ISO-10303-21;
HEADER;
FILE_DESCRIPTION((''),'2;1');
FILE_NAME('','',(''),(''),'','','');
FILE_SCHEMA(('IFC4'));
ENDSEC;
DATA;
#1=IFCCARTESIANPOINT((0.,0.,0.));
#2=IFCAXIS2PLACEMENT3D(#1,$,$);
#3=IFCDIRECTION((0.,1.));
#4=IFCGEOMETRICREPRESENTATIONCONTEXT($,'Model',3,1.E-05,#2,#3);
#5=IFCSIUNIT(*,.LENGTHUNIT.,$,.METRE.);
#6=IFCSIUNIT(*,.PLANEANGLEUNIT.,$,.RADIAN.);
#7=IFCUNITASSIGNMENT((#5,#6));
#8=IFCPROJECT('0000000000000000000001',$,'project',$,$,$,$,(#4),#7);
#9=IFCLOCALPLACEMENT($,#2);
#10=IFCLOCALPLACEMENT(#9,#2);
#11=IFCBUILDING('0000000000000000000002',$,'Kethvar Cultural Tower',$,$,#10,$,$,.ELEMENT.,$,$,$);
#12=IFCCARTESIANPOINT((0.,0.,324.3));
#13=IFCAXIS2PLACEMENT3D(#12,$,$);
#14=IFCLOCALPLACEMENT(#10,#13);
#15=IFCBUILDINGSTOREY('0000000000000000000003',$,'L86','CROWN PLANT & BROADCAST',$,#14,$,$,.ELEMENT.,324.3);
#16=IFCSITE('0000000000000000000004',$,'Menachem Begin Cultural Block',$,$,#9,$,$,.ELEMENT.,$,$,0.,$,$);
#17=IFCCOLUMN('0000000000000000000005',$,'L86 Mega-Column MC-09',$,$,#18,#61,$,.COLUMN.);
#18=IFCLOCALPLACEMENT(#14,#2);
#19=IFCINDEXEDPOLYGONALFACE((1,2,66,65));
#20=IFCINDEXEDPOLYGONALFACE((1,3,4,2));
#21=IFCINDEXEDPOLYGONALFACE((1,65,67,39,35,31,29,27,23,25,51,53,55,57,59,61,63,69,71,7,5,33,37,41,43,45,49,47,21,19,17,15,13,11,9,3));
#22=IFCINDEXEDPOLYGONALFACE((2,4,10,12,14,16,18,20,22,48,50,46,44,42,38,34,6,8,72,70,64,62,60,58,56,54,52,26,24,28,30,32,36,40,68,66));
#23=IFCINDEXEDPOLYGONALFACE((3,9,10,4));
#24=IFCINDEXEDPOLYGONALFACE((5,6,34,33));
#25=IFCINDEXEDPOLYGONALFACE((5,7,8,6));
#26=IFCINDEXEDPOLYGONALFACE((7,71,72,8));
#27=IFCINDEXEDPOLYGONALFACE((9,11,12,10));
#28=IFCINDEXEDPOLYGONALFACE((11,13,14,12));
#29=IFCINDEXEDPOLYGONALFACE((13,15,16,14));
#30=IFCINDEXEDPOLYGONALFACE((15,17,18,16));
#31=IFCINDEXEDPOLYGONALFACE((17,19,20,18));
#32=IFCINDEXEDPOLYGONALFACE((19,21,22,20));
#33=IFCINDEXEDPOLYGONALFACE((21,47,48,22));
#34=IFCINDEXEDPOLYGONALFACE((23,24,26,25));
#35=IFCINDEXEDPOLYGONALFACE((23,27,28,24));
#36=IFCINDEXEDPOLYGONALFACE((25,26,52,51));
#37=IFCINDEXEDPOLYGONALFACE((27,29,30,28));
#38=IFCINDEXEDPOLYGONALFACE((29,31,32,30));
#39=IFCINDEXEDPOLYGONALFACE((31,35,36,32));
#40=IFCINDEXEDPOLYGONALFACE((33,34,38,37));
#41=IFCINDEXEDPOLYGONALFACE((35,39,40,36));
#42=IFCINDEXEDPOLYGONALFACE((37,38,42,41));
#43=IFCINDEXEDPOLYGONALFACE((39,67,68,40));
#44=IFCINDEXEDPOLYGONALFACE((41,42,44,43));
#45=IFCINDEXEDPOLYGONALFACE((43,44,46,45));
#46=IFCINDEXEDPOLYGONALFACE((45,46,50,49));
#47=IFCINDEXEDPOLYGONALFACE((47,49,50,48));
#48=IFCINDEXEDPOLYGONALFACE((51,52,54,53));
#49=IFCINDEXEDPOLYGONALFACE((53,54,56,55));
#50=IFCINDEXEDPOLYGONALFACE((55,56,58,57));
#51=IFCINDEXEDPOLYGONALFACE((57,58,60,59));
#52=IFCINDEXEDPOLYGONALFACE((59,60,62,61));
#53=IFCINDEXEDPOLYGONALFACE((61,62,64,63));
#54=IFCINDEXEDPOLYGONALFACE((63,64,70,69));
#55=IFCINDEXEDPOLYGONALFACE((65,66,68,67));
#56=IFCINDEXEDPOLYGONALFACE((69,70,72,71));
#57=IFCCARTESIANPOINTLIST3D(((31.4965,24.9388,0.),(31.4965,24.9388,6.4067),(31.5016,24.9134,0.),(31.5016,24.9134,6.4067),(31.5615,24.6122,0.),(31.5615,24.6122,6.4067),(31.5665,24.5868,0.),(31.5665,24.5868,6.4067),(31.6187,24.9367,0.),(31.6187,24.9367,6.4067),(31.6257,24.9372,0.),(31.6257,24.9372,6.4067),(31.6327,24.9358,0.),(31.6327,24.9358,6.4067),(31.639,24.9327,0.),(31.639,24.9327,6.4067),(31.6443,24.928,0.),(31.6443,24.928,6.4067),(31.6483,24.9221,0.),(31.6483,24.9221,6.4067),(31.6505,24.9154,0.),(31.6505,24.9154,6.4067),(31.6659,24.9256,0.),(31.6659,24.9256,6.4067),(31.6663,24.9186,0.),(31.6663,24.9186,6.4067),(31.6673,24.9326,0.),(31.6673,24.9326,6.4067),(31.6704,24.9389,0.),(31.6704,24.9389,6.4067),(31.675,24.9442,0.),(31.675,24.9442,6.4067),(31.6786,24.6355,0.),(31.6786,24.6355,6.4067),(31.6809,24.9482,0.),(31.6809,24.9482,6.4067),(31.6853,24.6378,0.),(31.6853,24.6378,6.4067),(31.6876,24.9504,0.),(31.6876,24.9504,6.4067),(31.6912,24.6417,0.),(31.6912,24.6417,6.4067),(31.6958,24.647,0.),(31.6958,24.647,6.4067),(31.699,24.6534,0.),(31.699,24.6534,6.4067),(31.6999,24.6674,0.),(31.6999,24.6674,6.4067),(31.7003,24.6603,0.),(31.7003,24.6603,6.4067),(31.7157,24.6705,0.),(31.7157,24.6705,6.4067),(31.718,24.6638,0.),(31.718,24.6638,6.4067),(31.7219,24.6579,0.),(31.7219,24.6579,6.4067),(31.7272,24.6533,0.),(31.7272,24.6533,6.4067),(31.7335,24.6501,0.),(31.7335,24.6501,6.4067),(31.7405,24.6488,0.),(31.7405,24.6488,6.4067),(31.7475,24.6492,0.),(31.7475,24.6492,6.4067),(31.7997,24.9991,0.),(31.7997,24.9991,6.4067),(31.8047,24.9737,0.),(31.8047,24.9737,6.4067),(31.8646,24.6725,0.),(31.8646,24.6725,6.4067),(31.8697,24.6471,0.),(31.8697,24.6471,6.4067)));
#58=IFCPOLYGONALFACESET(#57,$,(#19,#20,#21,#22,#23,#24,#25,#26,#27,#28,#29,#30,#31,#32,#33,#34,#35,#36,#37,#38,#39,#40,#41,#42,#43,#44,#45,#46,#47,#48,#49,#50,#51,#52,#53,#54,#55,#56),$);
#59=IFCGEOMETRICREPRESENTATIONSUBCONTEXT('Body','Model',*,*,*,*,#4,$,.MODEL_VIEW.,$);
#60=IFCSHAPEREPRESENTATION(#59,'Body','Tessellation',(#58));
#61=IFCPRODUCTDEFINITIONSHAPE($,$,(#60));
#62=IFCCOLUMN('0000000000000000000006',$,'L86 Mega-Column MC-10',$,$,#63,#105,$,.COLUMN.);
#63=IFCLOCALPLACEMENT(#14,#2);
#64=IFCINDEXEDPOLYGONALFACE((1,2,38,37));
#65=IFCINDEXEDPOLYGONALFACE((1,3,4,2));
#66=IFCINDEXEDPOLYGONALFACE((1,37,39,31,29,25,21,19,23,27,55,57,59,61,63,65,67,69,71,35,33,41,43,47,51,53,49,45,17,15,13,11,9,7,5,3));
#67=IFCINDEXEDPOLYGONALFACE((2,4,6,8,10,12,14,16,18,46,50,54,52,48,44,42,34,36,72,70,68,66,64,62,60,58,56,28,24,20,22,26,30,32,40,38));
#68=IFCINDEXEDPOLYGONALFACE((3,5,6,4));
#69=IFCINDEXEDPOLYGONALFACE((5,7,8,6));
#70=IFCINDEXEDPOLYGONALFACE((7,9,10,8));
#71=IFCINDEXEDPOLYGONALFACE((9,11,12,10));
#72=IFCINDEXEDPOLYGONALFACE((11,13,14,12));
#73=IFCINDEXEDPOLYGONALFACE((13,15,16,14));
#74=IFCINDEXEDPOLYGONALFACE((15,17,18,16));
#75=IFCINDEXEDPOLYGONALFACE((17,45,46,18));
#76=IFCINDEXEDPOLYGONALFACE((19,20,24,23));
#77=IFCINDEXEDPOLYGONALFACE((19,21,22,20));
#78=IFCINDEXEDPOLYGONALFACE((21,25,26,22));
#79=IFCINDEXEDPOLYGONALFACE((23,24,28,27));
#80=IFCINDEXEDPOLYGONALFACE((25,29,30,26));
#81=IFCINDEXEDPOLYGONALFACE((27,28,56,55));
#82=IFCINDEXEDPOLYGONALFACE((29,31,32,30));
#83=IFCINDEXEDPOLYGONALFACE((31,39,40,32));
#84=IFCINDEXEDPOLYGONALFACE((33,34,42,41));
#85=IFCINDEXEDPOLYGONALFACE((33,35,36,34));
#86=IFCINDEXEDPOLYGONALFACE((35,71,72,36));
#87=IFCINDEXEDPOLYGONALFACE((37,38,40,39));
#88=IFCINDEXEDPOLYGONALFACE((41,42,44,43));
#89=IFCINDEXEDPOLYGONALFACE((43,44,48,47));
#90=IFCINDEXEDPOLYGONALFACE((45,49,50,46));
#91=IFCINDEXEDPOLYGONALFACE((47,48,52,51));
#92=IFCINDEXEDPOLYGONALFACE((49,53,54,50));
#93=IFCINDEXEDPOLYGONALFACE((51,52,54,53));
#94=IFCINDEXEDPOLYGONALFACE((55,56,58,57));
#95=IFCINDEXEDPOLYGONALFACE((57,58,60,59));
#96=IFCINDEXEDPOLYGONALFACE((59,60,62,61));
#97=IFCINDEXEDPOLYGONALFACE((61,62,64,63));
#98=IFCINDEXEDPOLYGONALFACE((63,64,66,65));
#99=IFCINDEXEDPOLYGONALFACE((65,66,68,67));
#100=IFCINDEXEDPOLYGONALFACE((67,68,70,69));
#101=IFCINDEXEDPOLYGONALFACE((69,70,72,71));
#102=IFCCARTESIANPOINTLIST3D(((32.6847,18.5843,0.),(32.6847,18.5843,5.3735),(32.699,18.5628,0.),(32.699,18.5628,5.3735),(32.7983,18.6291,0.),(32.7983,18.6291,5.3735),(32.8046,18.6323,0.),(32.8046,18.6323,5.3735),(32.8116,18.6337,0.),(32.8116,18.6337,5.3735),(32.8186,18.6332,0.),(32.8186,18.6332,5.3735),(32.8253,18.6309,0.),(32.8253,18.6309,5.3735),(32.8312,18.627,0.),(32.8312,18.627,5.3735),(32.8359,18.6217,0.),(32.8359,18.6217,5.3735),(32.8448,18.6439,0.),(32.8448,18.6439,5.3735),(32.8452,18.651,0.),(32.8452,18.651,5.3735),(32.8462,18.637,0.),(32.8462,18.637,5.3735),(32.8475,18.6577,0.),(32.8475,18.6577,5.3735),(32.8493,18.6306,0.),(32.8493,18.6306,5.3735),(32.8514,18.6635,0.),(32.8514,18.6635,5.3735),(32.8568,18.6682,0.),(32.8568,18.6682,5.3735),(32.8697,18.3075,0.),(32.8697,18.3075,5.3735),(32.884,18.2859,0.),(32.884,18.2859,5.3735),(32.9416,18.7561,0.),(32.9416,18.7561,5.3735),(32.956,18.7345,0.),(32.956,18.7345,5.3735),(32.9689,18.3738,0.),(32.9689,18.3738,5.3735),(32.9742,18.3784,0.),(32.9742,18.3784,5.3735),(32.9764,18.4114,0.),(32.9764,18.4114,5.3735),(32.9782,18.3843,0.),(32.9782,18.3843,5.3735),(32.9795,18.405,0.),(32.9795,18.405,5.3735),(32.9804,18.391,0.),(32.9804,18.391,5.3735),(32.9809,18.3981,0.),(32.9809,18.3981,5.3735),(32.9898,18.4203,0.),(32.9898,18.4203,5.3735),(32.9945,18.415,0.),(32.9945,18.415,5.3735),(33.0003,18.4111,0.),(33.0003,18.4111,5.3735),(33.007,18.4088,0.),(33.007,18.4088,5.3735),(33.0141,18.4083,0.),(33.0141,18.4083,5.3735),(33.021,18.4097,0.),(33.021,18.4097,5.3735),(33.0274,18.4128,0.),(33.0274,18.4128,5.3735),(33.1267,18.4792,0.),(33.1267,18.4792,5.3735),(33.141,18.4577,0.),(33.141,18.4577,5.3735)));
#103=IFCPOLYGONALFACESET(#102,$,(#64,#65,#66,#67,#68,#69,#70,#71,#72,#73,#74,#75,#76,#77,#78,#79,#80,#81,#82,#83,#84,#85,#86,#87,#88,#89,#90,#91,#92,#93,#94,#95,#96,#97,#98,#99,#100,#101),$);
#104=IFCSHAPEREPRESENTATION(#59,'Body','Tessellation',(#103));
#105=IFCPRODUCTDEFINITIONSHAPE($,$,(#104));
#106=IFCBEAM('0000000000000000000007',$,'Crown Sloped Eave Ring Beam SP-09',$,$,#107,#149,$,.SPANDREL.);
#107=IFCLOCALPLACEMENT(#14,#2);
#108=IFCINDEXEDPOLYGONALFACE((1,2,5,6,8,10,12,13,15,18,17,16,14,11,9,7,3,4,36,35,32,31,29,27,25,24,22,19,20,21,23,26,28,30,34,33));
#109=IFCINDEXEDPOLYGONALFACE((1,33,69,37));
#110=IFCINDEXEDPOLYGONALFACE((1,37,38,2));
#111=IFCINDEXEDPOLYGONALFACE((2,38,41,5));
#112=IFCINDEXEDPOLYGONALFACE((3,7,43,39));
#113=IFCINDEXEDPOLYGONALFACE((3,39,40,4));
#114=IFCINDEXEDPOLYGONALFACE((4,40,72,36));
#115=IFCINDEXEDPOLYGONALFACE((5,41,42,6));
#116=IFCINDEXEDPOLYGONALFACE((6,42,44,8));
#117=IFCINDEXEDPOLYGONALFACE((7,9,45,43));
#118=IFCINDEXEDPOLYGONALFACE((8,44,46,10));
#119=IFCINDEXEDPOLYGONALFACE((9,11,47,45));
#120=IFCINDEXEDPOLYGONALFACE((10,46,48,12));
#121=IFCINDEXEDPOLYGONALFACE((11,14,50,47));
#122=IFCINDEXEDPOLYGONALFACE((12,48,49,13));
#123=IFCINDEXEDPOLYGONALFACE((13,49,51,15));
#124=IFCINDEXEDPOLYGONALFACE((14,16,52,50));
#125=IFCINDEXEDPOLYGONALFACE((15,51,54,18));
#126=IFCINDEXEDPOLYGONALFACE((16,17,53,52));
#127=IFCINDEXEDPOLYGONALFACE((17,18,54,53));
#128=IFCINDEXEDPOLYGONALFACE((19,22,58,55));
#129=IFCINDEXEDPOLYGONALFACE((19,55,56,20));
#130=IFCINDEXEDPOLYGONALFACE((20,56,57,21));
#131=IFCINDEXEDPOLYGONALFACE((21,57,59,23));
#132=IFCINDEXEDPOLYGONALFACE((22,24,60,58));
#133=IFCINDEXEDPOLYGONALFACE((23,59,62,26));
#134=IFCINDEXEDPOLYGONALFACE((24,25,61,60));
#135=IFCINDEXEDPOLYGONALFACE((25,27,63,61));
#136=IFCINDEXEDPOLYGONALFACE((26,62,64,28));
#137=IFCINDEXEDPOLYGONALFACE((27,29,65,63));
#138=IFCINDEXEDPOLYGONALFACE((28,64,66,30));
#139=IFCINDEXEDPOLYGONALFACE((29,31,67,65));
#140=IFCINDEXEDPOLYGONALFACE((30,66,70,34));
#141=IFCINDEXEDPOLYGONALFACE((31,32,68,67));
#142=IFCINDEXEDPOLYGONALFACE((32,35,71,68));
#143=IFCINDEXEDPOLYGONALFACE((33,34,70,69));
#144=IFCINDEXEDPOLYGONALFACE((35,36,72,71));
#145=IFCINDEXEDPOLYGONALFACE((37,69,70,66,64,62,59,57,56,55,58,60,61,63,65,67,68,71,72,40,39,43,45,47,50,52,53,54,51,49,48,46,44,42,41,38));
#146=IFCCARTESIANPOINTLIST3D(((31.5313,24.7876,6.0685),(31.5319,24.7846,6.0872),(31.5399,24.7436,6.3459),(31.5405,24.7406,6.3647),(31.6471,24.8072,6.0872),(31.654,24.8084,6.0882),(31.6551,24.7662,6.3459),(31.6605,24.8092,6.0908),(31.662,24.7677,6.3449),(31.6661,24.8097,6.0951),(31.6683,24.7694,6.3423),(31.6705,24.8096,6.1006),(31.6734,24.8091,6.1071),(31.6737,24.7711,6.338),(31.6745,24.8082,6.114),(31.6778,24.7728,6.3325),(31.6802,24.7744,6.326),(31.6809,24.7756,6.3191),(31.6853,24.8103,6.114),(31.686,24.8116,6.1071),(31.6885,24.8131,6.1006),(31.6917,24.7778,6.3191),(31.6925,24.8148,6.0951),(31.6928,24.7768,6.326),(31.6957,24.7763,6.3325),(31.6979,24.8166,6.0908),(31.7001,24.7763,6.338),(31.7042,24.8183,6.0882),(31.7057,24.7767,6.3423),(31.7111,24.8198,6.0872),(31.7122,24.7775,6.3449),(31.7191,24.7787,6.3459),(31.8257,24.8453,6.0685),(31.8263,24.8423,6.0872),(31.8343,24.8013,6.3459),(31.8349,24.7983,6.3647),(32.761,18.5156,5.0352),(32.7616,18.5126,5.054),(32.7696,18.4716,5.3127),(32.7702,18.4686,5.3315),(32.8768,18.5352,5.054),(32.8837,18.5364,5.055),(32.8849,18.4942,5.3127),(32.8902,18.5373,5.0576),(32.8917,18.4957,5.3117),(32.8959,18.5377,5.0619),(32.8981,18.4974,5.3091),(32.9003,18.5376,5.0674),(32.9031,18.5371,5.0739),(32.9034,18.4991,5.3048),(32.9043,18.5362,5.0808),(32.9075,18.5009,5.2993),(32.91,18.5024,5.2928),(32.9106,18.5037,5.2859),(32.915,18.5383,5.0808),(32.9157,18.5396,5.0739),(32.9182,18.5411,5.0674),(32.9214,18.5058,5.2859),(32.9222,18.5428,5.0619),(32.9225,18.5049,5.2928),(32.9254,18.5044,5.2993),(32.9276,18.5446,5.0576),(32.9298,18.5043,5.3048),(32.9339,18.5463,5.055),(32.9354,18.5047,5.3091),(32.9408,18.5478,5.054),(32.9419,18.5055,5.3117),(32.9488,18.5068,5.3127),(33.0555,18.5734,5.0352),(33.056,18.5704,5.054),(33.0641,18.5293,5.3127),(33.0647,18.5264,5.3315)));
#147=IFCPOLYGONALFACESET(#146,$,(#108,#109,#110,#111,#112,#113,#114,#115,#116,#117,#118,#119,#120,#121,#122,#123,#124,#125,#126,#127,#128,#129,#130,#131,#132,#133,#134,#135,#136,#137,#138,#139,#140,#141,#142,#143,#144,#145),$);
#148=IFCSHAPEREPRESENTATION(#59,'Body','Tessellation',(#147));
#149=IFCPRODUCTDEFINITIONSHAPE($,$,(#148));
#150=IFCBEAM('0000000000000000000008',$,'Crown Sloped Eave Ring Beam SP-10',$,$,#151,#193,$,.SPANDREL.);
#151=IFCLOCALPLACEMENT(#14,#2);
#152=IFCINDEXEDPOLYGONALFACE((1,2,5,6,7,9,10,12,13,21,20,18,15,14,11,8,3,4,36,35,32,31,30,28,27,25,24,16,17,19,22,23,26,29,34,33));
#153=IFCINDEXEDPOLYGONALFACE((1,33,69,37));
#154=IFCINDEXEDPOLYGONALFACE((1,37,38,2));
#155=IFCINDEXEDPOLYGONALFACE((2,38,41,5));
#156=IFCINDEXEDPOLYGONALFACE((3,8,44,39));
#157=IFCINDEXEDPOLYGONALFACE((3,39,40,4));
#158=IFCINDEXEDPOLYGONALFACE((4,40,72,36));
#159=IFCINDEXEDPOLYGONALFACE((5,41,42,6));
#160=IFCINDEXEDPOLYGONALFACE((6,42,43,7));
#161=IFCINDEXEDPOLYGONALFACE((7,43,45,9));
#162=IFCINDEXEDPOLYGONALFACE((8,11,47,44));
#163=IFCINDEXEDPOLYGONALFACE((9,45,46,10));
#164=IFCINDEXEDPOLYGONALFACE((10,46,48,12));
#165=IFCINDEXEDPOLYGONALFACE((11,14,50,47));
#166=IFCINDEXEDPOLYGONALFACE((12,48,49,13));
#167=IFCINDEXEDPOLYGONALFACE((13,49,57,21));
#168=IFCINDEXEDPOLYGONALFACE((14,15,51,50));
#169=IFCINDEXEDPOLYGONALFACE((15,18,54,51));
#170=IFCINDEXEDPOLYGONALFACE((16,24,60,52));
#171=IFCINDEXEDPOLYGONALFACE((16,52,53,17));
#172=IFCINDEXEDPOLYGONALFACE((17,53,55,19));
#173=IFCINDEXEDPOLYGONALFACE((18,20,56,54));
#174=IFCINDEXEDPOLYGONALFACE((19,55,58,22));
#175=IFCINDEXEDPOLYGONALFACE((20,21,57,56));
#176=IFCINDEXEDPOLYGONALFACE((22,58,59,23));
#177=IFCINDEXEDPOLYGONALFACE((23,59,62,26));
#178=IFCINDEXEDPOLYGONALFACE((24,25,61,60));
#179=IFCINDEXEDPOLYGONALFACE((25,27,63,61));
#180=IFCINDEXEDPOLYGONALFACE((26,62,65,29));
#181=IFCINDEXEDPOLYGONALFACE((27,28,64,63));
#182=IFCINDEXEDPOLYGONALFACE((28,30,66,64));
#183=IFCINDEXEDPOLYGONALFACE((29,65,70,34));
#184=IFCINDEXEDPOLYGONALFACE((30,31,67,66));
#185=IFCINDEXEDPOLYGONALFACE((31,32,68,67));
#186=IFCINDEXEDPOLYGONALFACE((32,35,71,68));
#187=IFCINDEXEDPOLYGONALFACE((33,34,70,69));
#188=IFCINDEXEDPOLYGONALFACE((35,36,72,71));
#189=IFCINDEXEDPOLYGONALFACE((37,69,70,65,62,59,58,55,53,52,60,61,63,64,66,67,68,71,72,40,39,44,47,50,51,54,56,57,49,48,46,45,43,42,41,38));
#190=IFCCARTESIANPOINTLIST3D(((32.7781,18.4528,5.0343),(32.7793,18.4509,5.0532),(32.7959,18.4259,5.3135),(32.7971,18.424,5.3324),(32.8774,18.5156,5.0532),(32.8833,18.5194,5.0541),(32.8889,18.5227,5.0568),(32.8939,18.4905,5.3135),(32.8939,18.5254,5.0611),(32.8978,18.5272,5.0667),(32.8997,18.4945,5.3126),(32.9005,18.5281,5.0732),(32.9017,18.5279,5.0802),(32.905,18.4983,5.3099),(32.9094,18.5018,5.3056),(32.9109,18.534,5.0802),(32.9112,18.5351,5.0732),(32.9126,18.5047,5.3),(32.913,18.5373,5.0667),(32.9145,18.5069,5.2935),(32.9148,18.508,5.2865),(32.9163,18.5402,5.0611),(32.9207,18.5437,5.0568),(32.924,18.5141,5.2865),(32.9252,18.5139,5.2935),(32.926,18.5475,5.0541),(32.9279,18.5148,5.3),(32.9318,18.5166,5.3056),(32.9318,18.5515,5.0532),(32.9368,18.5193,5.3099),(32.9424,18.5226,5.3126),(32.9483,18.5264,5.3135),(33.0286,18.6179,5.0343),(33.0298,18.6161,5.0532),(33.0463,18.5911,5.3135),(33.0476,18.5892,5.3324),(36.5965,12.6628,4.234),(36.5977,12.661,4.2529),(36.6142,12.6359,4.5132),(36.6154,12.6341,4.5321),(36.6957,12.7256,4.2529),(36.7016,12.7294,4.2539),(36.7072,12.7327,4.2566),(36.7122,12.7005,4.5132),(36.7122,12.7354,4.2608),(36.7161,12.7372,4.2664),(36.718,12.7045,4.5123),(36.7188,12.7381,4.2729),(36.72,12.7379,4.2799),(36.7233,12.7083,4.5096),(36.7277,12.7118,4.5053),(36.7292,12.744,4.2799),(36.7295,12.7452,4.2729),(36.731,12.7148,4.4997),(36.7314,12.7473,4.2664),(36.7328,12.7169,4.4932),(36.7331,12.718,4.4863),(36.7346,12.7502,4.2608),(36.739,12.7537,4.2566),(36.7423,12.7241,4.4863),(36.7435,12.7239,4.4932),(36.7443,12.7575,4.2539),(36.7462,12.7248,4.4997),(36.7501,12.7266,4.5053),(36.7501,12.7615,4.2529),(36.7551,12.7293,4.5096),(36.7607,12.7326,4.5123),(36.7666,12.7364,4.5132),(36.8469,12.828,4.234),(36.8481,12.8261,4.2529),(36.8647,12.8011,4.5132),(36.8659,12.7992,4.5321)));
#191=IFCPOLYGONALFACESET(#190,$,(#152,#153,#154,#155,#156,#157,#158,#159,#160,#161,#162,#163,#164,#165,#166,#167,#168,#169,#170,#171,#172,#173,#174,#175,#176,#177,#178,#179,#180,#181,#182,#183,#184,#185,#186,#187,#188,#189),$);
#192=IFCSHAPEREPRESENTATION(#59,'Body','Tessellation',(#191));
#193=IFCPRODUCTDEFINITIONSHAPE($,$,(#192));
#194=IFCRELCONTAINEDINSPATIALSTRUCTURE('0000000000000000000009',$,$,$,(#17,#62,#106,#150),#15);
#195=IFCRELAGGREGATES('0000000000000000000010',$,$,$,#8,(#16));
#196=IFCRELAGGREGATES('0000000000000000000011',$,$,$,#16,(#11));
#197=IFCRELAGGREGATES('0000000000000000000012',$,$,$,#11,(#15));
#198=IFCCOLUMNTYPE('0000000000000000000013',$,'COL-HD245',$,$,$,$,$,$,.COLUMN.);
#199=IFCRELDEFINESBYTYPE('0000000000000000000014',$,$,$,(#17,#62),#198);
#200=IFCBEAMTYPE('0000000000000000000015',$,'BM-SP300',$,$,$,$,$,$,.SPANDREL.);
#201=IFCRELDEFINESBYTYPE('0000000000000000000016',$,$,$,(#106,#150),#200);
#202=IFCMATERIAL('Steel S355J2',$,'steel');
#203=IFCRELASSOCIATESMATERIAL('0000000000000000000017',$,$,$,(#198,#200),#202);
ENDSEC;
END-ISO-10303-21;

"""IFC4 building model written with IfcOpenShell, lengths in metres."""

from ifc_helpers import new_model, si_unit, direction, frame, origin, origin_2d, place, context, subcontext, project, spatial, i_section, extrude, source, transform, mapped, material, material_profile, profile_set, type_object, element, save


model = new_model("IFC4")

# Units and contexts
model_context = context("Model", 3, precision=1e-05, world=origin(), true_north=direction((0.0, 1.0)))
body_context = subcontext(model_context, "Body", "Model", "MODEL_VIEW")
ifc_project = project(units=[si_unit("LENGTHUNIT", "METRE"), si_unit("PLANEANGLEUNIT", "RADIAN")], contexts=[model_context])

# Site, building, storey
site_placement = place(None, origin())
site = spatial("IfcSite", under=ifc_project, at=site_placement, Name="Menachem Begin Cultural Block", CompositionType="ELEMENT", RefElevation=0.0)
building_placement = place(site_placement, origin())
building = spatial("IfcBuilding", under=site, at=building_placement, Name="Kethvar Cultural Tower", CompositionType="ELEMENT")
storey_placement = place(building_placement, frame((0.0, 0.0, 324.3)))
storey = spatial("IfcBuildingStorey", under=building, at=storey_placement, Name="L86", Description="CROWN PLANT & BROADCAST", CompositionType="ELEMENT", Elevation=324.3)

# Columns
ifc_material_1 = material(Name="Steel S355J2", Category="steel")
ifc_material_profile_1 = material_profile(ifc_material_1, i_section(OverallWidth=0.3091, OverallDepth=0.3589, WebThickness=0.0161, FlangeThickness=0.0259, FilletRadius=0.0271, at=origin_2d()), Name="Steel S355J2 — HD320x245")
ifc_profile_set_1 = profile_set([ifc_material_profile_1], Name="Steel S355J2 — HD320x245")
column_type = type_object("IfcColumnType", Name="COL-HD245", PredefinedType="COLUMN", material=ifc_profile_set_1)
shared_shape_1 = source(origin(), body_context, "Body", "SweptSolid", [
    extrude(i_section(OverallWidth=0.3091, OverallDepth=0.3589, WebThickness=0.0161, FlangeThickness=0.0259, FilletRadius=0.0271, at=origin_2d()), origin(), (0.0, 0.0, 1.0), 6.4067),
])
column_1_placement = place(storey_placement, frame((31.6831, 24.793, 0.0), z_axis=(0.0, 0.0, 1.0), x_axis=(-0.980785, -0.19509, 0.0)))
element("IfcColumn", 1, at=column_1_placement, inside=storey, type_object=column_type, Name="L86 Mega-Column MC-09", PredefinedType="COLUMN", context=body_context, shape_type="MappedRepresentation", body=[
    mapped(shared_shape_1, transform((0.0, 0.0, 0.0), scale=1.0)),
])
shared_shape_2 = source(origin(), body_context, "Body", "SweptSolid", [
    extrude(i_section(OverallWidth=0.3091, OverallDepth=0.3589, WebThickness=0.0161, FlangeThickness=0.0259, FilletRadius=0.0271, at=origin_2d()), origin(), (0.0, 0.0, 1.0), 5.3735),
])
column_2_placement = place(storey_placement, frame((32.9128, 18.521, 0.0), z_axis=(0.0, 0.0, 1.0), x_axis=(-0.83147, -0.55557, 0.0)))
element("IfcColumn", 2, at=column_2_placement, inside=storey, type_object=column_type, Name="L86 Mega-Column MC-10", PredefinedType="COLUMN", context=body_context, shape_type="MappedRepresentation", body=[
    mapped(shared_shape_2, transform((0.0, 0.0, 0.0), scale=1.0)),
])

# Beams
ifc_material_profile_2 = material_profile(ifc_material_1, i_section(OverallWidth=0.3, OverallDepth=0.3, WebThickness=0.011, FlangeThickness=0.019, FilletRadius=0.0271, at=origin_2d()), Name="Steel S355J2 — HEB300")
ifc_profile_set_2 = profile_set([ifc_material_profile_2], Name="Steel S355J2 — HEB300")
beam_type = type_object("IfcBeamType", Name="BM-SP300", PredefinedType="SPANDREL", material=ifc_profile_set_2)
shared_shape_3 = source(origin(), body_context, "Body", "SweptSolid", [
    extrude(i_section(OverallWidth=0.3, OverallDepth=0.3, WebThickness=0.011, FlangeThickness=0.019, FilletRadius=0.0271, at=origin_2d()), origin(), (0.0, 0.0, 1.0), 6.4744),
])
beam_1_placement = place(storey_placement, frame((31.6831, 24.793, 6.2166), z_axis=(0.189939, -0.968739, -0.159584), x_axis=(0.981316, 0.192405, 0.0)))
element("IfcBeam", 3, at=beam_1_placement, inside=storey, type_object=beam_type, Name="Crown Sloped Eave Ring Beam SP-09", PredefinedType="SPANDREL", context=body_context, shape_type="MappedRepresentation", body=[
    mapped(shared_shape_3, transform((0.0, 0.0, 0.0), scale=1.0)),
])
shared_shape_4 = source(origin(), body_context, "Body", "SweptSolid", [
    extrude(i_section(OverallWidth=0.3, OverallDepth=0.3, WebThickness=0.011, FlangeThickness=0.019, FilletRadius=0.0271, at=origin_2d()), origin(), (0.0, 0.0, 1.0), 6.9817),
])
beam_2_placement = place(storey_placement, frame((32.9128, 18.521, 5.1833), z_axis=(0.546905, -0.82931, -0.114626), x_axis=(0.834813, 0.550534, 0.0)))
element("IfcBeam", 4, at=beam_2_placement, inside=storey, type_object=beam_type, Name="Crown Sloped Eave Ring Beam SP-10", PredefinedType="SPANDREL", context=body_context, shape_type="MappedRepresentation", body=[
    mapped(shared_shape_4, transform((0.0, 0.0, 0.0), scale=1.0)),
])

save(model, "model.ifc")
